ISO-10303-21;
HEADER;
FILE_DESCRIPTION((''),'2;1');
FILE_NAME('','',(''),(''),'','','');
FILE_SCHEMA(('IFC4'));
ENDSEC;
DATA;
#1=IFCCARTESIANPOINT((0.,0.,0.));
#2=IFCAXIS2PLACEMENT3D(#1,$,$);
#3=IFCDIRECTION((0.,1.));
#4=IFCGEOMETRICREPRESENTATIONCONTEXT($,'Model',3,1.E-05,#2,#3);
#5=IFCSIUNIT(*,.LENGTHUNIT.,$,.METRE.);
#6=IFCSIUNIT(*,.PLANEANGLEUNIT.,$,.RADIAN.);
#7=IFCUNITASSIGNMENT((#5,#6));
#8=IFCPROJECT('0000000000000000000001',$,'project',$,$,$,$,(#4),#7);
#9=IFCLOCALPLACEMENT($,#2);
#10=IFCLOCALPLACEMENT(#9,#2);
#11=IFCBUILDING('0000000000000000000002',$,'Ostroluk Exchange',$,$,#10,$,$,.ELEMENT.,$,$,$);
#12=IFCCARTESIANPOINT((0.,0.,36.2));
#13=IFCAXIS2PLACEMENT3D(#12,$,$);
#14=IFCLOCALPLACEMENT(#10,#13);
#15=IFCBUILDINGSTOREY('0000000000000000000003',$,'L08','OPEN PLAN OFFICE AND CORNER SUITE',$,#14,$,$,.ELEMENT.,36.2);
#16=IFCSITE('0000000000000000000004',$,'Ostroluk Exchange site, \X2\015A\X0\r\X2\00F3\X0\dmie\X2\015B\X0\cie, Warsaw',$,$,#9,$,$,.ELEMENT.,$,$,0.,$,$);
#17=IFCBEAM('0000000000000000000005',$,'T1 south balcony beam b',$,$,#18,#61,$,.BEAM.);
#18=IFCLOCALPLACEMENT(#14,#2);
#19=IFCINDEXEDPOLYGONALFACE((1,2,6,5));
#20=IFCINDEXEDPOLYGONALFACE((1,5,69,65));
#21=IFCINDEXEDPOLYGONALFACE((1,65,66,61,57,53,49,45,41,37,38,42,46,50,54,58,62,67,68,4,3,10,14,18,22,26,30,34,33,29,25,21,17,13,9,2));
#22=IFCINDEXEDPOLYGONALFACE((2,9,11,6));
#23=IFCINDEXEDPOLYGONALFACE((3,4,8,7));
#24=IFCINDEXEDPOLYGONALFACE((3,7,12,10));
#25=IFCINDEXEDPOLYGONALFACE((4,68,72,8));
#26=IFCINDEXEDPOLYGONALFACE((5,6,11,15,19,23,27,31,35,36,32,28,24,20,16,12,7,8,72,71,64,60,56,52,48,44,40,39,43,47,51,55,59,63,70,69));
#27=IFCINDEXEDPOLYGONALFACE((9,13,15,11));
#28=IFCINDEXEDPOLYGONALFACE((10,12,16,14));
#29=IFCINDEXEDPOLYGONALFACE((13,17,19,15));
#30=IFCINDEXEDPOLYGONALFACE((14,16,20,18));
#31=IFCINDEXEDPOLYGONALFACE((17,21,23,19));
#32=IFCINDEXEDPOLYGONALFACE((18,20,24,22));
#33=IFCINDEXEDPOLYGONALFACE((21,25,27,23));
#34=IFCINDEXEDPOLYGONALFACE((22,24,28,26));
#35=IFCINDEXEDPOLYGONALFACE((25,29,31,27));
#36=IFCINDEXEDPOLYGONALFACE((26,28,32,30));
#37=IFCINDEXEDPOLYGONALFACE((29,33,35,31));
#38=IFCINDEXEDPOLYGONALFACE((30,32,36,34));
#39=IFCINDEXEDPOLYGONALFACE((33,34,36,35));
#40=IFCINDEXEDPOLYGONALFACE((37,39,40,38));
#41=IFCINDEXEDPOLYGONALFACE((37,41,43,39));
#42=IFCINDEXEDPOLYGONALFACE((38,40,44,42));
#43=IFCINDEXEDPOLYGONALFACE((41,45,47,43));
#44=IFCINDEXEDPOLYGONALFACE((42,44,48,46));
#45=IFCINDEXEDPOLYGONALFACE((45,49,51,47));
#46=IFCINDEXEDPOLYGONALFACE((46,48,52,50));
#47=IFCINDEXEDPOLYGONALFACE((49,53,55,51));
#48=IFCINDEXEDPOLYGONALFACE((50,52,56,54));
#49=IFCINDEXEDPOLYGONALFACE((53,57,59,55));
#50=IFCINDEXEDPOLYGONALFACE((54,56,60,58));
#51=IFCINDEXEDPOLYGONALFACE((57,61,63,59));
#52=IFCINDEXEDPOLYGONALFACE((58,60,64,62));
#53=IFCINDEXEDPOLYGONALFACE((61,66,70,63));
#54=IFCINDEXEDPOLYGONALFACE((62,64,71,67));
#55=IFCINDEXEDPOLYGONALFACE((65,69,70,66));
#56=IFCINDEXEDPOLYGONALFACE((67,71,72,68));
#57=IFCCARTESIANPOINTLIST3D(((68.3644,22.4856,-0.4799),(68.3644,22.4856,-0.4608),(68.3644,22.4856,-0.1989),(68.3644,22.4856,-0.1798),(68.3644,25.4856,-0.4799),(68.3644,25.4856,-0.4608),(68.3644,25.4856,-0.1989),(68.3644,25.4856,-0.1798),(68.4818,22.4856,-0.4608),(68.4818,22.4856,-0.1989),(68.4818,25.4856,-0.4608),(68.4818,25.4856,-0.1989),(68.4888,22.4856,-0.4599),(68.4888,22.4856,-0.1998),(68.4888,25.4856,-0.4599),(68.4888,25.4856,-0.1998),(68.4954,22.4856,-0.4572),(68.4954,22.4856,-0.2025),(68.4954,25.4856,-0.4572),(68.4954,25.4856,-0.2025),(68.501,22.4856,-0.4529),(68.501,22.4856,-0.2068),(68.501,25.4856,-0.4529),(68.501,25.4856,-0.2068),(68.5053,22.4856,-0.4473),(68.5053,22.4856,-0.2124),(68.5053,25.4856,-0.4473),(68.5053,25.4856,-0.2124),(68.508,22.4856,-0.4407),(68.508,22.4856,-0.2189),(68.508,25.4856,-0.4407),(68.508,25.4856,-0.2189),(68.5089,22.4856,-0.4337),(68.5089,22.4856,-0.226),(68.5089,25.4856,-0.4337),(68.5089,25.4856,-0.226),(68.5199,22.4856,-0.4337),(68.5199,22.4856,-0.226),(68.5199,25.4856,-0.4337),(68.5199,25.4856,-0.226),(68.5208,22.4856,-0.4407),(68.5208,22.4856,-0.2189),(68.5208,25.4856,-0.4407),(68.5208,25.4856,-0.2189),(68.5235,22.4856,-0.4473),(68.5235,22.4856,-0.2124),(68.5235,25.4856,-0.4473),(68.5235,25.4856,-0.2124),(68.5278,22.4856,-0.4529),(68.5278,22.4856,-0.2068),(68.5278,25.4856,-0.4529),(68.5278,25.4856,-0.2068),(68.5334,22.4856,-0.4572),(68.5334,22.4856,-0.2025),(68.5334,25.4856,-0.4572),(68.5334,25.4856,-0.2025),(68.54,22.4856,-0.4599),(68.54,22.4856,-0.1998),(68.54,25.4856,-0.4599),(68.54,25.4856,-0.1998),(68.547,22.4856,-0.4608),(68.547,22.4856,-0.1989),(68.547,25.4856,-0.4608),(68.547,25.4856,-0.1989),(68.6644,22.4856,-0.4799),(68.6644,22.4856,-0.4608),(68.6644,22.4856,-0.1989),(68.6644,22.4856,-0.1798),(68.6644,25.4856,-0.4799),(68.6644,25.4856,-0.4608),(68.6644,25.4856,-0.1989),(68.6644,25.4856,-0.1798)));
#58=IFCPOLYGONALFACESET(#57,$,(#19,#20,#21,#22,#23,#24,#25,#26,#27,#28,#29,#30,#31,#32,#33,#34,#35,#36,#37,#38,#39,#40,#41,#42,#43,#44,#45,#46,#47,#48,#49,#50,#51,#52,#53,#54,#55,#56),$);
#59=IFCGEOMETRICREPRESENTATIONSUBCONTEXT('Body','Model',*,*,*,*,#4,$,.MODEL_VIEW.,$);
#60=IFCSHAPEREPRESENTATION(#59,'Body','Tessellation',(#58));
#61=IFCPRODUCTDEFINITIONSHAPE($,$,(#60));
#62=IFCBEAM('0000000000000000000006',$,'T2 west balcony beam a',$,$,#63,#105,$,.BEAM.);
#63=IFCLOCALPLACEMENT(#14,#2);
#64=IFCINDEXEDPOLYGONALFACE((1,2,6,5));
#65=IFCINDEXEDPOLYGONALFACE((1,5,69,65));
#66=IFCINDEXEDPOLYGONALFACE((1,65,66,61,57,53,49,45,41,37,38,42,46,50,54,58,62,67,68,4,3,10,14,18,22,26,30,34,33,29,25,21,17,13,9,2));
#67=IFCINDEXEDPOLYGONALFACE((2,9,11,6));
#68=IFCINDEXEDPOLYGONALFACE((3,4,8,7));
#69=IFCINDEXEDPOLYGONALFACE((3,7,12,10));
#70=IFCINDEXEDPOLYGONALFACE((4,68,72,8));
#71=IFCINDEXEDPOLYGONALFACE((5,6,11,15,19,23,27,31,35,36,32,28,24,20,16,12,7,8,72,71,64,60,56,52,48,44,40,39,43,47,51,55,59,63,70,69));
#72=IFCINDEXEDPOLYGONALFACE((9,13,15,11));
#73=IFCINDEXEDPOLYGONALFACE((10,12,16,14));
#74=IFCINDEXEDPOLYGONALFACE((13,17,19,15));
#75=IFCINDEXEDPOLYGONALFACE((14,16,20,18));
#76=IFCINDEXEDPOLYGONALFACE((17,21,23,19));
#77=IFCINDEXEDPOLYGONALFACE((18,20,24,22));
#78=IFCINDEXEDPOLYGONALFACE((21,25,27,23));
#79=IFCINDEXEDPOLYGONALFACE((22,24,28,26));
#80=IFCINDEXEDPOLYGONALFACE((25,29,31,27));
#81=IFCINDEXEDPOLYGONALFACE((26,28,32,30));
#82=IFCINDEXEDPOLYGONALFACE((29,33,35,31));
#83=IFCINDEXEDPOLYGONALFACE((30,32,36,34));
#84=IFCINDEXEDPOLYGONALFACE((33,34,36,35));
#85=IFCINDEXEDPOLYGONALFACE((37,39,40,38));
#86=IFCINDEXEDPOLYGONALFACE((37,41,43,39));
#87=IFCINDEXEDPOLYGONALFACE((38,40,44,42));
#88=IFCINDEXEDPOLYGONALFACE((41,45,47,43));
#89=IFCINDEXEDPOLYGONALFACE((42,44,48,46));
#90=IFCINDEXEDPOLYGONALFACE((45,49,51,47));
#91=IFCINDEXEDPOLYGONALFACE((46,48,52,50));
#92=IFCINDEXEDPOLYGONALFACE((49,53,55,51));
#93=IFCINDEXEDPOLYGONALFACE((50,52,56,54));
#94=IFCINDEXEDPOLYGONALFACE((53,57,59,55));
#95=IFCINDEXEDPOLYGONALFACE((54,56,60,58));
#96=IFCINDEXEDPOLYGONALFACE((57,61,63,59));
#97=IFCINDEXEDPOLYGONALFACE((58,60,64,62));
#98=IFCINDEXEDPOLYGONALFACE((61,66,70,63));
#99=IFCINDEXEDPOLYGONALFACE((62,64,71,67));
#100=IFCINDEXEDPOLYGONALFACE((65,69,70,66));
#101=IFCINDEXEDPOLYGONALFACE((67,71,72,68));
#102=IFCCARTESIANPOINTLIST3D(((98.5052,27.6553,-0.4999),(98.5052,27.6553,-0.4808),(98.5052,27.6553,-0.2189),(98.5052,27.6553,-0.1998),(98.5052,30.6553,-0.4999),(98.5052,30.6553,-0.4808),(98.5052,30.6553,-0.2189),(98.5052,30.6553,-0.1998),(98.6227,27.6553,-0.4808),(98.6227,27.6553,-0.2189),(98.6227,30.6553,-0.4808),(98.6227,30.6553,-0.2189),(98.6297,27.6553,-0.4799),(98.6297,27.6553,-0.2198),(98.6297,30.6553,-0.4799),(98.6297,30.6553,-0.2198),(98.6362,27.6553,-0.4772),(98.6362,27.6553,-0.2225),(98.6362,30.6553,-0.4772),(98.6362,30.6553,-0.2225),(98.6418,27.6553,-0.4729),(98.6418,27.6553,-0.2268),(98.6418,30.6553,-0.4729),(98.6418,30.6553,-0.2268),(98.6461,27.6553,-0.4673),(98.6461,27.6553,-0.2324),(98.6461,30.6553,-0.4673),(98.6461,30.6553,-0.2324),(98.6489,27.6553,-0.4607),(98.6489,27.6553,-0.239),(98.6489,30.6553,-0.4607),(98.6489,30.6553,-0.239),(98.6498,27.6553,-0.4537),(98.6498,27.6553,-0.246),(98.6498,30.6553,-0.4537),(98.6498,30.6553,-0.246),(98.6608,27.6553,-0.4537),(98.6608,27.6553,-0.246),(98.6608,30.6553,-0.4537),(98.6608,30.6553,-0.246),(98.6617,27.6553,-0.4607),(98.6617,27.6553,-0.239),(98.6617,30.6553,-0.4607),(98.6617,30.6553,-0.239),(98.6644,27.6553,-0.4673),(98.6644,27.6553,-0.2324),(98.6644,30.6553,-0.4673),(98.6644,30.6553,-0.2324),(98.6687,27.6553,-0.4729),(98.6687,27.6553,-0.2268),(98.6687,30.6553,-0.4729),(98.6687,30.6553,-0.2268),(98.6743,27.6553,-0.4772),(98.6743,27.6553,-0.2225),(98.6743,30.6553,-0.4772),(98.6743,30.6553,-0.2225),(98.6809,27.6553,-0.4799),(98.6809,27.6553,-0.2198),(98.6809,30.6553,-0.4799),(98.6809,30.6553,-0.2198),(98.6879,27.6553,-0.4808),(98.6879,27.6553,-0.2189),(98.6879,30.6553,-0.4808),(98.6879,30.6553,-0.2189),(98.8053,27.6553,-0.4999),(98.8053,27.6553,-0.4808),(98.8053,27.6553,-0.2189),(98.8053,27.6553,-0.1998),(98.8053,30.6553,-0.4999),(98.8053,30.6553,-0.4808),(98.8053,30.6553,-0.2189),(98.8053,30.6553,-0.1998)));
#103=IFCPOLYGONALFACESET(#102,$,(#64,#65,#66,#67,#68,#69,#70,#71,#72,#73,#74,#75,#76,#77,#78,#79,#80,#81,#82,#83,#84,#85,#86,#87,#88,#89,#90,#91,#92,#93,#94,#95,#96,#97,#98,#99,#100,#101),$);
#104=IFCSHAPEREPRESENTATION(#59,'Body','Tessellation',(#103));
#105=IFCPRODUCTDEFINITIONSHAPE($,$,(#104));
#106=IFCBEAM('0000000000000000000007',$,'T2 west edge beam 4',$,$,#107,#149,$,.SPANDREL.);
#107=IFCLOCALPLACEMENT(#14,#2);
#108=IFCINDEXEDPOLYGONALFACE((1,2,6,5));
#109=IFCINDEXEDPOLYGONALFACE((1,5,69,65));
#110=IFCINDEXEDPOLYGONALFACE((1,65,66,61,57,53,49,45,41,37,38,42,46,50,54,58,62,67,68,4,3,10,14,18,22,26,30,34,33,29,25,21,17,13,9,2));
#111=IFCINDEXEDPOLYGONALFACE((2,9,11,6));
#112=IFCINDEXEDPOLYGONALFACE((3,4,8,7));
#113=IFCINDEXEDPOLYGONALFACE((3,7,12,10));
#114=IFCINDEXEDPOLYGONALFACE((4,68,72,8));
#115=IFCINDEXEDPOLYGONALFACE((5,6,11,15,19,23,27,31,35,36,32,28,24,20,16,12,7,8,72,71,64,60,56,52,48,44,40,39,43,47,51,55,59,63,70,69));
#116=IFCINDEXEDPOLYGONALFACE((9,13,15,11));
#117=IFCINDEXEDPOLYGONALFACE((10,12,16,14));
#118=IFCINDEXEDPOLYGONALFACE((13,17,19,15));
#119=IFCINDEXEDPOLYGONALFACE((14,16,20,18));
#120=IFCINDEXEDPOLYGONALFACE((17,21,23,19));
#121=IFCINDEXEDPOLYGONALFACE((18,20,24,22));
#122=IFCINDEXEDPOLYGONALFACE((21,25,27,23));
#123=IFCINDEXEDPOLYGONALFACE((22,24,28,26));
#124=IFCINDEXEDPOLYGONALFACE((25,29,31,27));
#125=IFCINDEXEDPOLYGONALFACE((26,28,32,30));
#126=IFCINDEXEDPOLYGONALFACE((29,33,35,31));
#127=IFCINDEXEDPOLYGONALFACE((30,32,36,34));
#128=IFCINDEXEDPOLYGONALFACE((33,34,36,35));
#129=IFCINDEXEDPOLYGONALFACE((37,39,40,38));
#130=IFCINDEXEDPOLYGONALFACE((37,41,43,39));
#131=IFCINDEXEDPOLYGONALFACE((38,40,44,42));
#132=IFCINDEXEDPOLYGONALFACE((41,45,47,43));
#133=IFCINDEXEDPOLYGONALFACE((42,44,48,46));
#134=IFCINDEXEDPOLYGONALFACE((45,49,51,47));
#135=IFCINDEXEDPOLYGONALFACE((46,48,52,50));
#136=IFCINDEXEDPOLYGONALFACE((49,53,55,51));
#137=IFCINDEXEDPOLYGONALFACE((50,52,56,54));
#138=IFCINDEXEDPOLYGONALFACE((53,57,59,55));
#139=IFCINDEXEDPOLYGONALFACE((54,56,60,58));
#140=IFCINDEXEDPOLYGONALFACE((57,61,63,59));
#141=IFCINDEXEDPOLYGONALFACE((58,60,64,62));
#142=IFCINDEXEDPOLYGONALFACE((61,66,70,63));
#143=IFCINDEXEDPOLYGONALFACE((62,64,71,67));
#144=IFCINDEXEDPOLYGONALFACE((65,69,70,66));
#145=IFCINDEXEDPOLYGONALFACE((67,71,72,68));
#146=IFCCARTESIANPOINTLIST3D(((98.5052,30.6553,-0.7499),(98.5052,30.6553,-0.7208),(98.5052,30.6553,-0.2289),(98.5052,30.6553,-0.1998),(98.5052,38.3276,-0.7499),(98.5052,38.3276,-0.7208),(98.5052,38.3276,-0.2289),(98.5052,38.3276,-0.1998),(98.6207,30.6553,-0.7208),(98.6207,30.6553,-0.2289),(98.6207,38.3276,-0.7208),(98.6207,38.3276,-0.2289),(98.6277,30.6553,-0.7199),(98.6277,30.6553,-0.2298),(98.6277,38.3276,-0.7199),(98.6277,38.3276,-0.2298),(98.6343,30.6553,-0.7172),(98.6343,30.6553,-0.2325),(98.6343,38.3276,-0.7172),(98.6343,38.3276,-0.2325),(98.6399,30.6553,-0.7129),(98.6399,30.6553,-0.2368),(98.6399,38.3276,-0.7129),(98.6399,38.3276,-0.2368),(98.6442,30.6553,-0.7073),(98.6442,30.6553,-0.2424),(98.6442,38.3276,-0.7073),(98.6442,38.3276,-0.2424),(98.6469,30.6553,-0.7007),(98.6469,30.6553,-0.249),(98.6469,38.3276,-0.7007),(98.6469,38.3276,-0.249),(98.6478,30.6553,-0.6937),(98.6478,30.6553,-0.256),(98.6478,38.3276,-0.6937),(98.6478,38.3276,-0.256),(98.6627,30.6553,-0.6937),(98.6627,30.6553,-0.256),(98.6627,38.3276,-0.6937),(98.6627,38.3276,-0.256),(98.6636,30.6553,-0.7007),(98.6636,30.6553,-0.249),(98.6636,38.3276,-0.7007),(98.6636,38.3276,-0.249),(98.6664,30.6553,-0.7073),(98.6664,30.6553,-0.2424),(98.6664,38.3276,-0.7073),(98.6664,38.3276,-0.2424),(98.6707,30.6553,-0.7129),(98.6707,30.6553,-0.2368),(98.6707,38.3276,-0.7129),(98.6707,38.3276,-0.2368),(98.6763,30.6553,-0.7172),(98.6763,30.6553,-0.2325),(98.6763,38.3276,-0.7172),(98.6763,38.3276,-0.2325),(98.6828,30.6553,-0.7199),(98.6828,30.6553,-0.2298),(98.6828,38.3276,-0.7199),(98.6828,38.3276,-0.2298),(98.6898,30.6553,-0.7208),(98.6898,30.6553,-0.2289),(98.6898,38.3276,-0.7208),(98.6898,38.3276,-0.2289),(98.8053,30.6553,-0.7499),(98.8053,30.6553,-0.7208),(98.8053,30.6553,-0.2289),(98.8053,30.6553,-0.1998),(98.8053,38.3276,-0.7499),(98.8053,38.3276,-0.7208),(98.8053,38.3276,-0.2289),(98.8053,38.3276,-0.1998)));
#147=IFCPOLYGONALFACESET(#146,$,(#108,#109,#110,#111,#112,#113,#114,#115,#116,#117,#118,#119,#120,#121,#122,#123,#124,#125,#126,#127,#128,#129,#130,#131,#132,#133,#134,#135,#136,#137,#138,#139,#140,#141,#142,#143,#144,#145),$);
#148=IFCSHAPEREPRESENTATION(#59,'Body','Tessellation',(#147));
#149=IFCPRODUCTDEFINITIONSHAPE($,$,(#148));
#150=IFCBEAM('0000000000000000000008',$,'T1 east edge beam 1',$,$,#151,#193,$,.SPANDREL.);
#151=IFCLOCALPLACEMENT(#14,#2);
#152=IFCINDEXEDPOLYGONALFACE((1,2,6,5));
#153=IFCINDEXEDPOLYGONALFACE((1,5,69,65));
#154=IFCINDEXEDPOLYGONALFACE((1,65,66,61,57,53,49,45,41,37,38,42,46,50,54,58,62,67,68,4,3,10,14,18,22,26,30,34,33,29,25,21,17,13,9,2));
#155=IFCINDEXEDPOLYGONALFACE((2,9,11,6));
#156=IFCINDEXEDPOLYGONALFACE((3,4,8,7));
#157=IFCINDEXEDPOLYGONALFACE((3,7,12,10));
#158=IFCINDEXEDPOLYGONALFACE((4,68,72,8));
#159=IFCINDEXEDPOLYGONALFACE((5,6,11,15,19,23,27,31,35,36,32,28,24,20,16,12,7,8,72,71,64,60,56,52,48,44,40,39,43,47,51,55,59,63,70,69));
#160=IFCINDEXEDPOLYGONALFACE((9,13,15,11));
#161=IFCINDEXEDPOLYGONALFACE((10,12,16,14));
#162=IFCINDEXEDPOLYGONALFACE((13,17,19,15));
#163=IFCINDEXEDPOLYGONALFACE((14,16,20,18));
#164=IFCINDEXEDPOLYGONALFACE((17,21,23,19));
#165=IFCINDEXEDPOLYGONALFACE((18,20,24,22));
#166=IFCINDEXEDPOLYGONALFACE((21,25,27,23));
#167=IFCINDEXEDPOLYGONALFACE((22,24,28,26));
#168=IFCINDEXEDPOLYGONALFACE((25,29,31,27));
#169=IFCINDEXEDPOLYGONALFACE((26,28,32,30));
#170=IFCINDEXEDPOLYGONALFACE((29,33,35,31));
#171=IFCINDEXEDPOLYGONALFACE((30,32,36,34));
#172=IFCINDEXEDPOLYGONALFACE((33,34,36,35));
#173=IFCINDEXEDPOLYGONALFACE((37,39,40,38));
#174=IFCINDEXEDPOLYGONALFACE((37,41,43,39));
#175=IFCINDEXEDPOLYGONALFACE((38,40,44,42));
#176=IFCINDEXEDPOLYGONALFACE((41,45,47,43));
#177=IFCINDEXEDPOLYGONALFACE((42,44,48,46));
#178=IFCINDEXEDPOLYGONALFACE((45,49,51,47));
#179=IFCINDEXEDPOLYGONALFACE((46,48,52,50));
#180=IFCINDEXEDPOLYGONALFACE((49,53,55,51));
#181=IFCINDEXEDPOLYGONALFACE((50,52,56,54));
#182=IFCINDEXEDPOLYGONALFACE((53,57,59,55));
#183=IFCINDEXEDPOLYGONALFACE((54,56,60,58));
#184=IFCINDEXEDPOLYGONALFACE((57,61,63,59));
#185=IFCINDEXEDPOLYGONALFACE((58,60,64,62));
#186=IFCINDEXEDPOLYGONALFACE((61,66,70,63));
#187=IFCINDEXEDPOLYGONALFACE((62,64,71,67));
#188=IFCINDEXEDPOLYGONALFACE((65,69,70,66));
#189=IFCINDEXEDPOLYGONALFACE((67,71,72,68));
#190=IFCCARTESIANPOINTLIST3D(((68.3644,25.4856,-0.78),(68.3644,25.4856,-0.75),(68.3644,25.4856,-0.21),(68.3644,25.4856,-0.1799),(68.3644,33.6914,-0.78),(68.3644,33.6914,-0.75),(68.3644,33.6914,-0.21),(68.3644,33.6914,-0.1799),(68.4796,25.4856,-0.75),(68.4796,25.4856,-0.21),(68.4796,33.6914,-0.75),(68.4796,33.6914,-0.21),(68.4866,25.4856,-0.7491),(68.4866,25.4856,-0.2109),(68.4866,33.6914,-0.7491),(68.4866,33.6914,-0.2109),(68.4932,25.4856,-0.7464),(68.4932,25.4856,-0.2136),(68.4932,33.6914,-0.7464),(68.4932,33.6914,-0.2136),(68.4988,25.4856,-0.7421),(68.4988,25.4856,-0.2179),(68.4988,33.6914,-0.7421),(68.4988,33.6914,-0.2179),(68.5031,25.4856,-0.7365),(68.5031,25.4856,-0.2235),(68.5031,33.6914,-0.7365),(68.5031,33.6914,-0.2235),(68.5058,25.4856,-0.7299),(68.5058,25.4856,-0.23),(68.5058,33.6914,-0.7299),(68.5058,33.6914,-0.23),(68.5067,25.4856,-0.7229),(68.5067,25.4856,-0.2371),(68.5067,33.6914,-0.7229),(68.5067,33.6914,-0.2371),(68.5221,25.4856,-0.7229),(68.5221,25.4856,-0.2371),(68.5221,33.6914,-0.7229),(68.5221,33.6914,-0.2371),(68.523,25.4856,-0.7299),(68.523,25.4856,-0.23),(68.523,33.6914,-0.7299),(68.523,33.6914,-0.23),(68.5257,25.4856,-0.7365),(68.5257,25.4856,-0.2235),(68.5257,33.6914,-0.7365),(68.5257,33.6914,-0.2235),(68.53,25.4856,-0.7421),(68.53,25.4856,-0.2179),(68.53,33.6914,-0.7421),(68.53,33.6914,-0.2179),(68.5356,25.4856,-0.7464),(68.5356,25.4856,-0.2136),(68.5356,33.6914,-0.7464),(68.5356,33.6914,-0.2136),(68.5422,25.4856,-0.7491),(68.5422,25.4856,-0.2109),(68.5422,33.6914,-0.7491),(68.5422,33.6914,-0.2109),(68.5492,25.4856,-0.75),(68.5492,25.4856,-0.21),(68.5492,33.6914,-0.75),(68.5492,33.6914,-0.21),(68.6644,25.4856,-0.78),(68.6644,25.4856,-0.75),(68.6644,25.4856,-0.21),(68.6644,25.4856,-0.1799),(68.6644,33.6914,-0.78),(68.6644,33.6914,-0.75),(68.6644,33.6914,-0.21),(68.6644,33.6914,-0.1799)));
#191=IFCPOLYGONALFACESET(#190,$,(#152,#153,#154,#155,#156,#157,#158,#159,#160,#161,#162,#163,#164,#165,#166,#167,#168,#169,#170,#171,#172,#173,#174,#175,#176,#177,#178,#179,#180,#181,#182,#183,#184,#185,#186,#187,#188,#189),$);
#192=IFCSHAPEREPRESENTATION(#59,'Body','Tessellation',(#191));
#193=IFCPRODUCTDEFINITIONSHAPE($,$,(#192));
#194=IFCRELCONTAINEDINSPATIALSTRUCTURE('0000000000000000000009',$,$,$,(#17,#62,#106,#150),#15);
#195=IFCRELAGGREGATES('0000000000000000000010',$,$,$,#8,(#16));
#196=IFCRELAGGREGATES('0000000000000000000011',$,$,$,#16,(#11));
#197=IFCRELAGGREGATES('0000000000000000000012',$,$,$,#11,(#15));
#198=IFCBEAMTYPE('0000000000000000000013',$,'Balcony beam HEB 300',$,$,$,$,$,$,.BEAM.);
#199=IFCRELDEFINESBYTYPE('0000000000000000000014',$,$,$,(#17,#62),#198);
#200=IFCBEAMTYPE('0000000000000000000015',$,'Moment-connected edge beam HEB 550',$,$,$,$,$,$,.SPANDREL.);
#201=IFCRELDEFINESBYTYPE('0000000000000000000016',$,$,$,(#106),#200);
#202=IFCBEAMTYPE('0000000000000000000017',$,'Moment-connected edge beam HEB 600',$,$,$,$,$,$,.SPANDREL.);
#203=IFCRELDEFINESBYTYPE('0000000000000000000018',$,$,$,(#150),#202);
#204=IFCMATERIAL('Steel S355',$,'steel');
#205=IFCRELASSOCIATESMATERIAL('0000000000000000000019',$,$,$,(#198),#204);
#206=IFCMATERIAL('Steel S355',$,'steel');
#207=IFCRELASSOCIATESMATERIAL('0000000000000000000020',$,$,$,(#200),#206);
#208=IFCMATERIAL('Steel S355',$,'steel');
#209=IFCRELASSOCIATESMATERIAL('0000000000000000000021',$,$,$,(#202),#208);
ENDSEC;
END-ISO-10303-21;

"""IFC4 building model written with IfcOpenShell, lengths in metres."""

from ifc_helpers import new_model, si_unit, direction, frame, origin, origin_2d, place, context, subcontext, project, spatial, i_section, extrude, material, material_profile, profile_set, type_object, element, save


model = new_model("IFC4")

# Units and contexts
model_context = context("Model", 3, precision=1e-05, world=origin(), true_north=direction((0.0, 1.0)))
body_context = subcontext(model_context, "Body", "Model", "MODEL_VIEW")
ifc_project = project(units=[si_unit("LENGTHUNIT", "METRE"), si_unit("PLANEANGLEUNIT", "RADIAN")], contexts=[model_context])

# Site, building, storey
site_placement = place(None, origin())
site = spatial("IfcSite", under=ifc_project, at=site_placement, Name="Ostroluk Exchange site, Śródmieście, Warsaw", CompositionType="ELEMENT", RefElevation=0.0)
building_placement = place(site_placement, origin())
building = spatial("IfcBuilding", under=site, at=building_placement, Name="Ostroluk Exchange", CompositionType="ELEMENT")
storey_placement = place(building_placement, frame((0.0, 0.0, 36.2)))
storey = spatial("IfcBuildingStorey", under=building, at=storey_placement, Name="L08", Description="OPEN PLAN OFFICE AND CORNER SUITE", CompositionType="ELEMENT", Elevation=36.2)

# Beams
ifc_material_1 = material(Name="Steel S355", Category="steel")
ifc_material_profile_1 = material_profile(ifc_material_1, i_section(OverallWidth=0.3, OverallDepth=0.3, WebThickness=0.011, FlangeThickness=0.019, FilletRadius=0.0271, at=origin_2d()), Name="HEB 300")
ifc_profile_set_1 = profile_set([ifc_material_profile_1], Name="Steel S355")
beam_type_1 = type_object("IfcBeamType", Name="Balcony beam HEB 300", PredefinedType="BEAM", material=ifc_profile_set_1)
for number, where, z_axis, x_axis, name in (
    (1, (68.5144, 25.4856, -0.3298), (0.0, -1.0, 0.0), (1.0, 0.0, 0.0), "T1 south balcony beam b"),
    (2, (98.6553, 30.6553, -0.3499), (0.0, -1.0, 0.0), (1.0, 0.0, 0.0), "T2 west balcony beam a"),
):
    element("IfcBeam", number, at=place(storey_placement, frame(where, z_axis=z_axis, x_axis=x_axis)), inside=storey, type_object=beam_type_1, Name=name, PredefinedType="BEAM", context=body_context, shape_type="SweptSolid", body=[
        extrude(i_section(OverallWidth=0.3, OverallDepth=0.3, WebThickness=0.011, FlangeThickness=0.019, FilletRadius=0.0271, at=origin_2d()), origin(), (0.0, 0.0, 1.0), 3.0),
    ])
ifc_material_2 = material(Name="Steel S355", Category="steel")
ifc_material_profile_2 = material_profile(ifc_material_2, i_section(OverallWidth=0.3, OverallDepth=0.55, WebThickness=0.0149, FlangeThickness=0.0291, FilletRadius=0.0271, at=origin_2d()), Name="HEB 550")
ifc_profile_set_2 = profile_set([ifc_material_profile_2], Name="Steel S355")
beam_type_2 = type_object("IfcBeamType", Name="Moment-connected edge beam HEB 550", PredefinedType="SPANDREL", material=ifc_profile_set_2)
beam_1_placement = place(storey_placement, frame((98.6553, 38.3276, -0.4749), z_axis=(0.0, -1.0, 0.0), x_axis=(1.0, 0.0, 0.0)))
element("IfcBeam", 3, at=beam_1_placement, inside=storey, type_object=beam_type_2, Name="T2 west edge beam 4", PredefinedType="SPANDREL", context=body_context, shape_type="SweptSolid", body=[
    extrude(i_section(OverallWidth=0.3, OverallDepth=0.55, WebThickness=0.0149, FlangeThickness=0.0291, FilletRadius=0.0271, at=origin_2d()), origin(), (0.0, 0.0, 1.0), 7.6724),
])
ifc_material_3 = material(Name="Steel S355", Category="steel")
ifc_material_profile_3 = material_profile(ifc_material_3, i_section(OverallWidth=0.3, OverallDepth=0.6001, WebThickness=0.0154, FlangeThickness=0.03, FilletRadius=0.0271, at=origin_2d()), Name="HEB 600")
ifc_profile_set_3 = profile_set([ifc_material_profile_3], Name="Steel S355")
beam_type_3 = type_object("IfcBeamType", Name="Moment-connected edge beam HEB 600", PredefinedType="SPANDREL", material=ifc_profile_set_3)
for number, where, z_axis, x_axis, name in (
    (4, (68.5144, 25.4856, -0.48), (0.0, 1.0, 0.0), (-1.0, 0.0, 0.0), "T1 east edge beam 1"),
):
    element("IfcBeam", number, at=place(storey_placement, frame(where, z_axis=z_axis, x_axis=x_axis)), inside=storey, type_object=beam_type_3, Name=name, PredefinedType="SPANDREL", context=body_context, shape_type="SweptSolid", body=[
        extrude(i_section(OverallWidth=0.3, OverallDepth=0.6001, WebThickness=0.0154, FlangeThickness=0.03, FilletRadius=0.0271, at=origin_2d()), origin(), (0.0, 0.0, 1.0), 8.2058),
    ])

save(model, "model.ifc")
